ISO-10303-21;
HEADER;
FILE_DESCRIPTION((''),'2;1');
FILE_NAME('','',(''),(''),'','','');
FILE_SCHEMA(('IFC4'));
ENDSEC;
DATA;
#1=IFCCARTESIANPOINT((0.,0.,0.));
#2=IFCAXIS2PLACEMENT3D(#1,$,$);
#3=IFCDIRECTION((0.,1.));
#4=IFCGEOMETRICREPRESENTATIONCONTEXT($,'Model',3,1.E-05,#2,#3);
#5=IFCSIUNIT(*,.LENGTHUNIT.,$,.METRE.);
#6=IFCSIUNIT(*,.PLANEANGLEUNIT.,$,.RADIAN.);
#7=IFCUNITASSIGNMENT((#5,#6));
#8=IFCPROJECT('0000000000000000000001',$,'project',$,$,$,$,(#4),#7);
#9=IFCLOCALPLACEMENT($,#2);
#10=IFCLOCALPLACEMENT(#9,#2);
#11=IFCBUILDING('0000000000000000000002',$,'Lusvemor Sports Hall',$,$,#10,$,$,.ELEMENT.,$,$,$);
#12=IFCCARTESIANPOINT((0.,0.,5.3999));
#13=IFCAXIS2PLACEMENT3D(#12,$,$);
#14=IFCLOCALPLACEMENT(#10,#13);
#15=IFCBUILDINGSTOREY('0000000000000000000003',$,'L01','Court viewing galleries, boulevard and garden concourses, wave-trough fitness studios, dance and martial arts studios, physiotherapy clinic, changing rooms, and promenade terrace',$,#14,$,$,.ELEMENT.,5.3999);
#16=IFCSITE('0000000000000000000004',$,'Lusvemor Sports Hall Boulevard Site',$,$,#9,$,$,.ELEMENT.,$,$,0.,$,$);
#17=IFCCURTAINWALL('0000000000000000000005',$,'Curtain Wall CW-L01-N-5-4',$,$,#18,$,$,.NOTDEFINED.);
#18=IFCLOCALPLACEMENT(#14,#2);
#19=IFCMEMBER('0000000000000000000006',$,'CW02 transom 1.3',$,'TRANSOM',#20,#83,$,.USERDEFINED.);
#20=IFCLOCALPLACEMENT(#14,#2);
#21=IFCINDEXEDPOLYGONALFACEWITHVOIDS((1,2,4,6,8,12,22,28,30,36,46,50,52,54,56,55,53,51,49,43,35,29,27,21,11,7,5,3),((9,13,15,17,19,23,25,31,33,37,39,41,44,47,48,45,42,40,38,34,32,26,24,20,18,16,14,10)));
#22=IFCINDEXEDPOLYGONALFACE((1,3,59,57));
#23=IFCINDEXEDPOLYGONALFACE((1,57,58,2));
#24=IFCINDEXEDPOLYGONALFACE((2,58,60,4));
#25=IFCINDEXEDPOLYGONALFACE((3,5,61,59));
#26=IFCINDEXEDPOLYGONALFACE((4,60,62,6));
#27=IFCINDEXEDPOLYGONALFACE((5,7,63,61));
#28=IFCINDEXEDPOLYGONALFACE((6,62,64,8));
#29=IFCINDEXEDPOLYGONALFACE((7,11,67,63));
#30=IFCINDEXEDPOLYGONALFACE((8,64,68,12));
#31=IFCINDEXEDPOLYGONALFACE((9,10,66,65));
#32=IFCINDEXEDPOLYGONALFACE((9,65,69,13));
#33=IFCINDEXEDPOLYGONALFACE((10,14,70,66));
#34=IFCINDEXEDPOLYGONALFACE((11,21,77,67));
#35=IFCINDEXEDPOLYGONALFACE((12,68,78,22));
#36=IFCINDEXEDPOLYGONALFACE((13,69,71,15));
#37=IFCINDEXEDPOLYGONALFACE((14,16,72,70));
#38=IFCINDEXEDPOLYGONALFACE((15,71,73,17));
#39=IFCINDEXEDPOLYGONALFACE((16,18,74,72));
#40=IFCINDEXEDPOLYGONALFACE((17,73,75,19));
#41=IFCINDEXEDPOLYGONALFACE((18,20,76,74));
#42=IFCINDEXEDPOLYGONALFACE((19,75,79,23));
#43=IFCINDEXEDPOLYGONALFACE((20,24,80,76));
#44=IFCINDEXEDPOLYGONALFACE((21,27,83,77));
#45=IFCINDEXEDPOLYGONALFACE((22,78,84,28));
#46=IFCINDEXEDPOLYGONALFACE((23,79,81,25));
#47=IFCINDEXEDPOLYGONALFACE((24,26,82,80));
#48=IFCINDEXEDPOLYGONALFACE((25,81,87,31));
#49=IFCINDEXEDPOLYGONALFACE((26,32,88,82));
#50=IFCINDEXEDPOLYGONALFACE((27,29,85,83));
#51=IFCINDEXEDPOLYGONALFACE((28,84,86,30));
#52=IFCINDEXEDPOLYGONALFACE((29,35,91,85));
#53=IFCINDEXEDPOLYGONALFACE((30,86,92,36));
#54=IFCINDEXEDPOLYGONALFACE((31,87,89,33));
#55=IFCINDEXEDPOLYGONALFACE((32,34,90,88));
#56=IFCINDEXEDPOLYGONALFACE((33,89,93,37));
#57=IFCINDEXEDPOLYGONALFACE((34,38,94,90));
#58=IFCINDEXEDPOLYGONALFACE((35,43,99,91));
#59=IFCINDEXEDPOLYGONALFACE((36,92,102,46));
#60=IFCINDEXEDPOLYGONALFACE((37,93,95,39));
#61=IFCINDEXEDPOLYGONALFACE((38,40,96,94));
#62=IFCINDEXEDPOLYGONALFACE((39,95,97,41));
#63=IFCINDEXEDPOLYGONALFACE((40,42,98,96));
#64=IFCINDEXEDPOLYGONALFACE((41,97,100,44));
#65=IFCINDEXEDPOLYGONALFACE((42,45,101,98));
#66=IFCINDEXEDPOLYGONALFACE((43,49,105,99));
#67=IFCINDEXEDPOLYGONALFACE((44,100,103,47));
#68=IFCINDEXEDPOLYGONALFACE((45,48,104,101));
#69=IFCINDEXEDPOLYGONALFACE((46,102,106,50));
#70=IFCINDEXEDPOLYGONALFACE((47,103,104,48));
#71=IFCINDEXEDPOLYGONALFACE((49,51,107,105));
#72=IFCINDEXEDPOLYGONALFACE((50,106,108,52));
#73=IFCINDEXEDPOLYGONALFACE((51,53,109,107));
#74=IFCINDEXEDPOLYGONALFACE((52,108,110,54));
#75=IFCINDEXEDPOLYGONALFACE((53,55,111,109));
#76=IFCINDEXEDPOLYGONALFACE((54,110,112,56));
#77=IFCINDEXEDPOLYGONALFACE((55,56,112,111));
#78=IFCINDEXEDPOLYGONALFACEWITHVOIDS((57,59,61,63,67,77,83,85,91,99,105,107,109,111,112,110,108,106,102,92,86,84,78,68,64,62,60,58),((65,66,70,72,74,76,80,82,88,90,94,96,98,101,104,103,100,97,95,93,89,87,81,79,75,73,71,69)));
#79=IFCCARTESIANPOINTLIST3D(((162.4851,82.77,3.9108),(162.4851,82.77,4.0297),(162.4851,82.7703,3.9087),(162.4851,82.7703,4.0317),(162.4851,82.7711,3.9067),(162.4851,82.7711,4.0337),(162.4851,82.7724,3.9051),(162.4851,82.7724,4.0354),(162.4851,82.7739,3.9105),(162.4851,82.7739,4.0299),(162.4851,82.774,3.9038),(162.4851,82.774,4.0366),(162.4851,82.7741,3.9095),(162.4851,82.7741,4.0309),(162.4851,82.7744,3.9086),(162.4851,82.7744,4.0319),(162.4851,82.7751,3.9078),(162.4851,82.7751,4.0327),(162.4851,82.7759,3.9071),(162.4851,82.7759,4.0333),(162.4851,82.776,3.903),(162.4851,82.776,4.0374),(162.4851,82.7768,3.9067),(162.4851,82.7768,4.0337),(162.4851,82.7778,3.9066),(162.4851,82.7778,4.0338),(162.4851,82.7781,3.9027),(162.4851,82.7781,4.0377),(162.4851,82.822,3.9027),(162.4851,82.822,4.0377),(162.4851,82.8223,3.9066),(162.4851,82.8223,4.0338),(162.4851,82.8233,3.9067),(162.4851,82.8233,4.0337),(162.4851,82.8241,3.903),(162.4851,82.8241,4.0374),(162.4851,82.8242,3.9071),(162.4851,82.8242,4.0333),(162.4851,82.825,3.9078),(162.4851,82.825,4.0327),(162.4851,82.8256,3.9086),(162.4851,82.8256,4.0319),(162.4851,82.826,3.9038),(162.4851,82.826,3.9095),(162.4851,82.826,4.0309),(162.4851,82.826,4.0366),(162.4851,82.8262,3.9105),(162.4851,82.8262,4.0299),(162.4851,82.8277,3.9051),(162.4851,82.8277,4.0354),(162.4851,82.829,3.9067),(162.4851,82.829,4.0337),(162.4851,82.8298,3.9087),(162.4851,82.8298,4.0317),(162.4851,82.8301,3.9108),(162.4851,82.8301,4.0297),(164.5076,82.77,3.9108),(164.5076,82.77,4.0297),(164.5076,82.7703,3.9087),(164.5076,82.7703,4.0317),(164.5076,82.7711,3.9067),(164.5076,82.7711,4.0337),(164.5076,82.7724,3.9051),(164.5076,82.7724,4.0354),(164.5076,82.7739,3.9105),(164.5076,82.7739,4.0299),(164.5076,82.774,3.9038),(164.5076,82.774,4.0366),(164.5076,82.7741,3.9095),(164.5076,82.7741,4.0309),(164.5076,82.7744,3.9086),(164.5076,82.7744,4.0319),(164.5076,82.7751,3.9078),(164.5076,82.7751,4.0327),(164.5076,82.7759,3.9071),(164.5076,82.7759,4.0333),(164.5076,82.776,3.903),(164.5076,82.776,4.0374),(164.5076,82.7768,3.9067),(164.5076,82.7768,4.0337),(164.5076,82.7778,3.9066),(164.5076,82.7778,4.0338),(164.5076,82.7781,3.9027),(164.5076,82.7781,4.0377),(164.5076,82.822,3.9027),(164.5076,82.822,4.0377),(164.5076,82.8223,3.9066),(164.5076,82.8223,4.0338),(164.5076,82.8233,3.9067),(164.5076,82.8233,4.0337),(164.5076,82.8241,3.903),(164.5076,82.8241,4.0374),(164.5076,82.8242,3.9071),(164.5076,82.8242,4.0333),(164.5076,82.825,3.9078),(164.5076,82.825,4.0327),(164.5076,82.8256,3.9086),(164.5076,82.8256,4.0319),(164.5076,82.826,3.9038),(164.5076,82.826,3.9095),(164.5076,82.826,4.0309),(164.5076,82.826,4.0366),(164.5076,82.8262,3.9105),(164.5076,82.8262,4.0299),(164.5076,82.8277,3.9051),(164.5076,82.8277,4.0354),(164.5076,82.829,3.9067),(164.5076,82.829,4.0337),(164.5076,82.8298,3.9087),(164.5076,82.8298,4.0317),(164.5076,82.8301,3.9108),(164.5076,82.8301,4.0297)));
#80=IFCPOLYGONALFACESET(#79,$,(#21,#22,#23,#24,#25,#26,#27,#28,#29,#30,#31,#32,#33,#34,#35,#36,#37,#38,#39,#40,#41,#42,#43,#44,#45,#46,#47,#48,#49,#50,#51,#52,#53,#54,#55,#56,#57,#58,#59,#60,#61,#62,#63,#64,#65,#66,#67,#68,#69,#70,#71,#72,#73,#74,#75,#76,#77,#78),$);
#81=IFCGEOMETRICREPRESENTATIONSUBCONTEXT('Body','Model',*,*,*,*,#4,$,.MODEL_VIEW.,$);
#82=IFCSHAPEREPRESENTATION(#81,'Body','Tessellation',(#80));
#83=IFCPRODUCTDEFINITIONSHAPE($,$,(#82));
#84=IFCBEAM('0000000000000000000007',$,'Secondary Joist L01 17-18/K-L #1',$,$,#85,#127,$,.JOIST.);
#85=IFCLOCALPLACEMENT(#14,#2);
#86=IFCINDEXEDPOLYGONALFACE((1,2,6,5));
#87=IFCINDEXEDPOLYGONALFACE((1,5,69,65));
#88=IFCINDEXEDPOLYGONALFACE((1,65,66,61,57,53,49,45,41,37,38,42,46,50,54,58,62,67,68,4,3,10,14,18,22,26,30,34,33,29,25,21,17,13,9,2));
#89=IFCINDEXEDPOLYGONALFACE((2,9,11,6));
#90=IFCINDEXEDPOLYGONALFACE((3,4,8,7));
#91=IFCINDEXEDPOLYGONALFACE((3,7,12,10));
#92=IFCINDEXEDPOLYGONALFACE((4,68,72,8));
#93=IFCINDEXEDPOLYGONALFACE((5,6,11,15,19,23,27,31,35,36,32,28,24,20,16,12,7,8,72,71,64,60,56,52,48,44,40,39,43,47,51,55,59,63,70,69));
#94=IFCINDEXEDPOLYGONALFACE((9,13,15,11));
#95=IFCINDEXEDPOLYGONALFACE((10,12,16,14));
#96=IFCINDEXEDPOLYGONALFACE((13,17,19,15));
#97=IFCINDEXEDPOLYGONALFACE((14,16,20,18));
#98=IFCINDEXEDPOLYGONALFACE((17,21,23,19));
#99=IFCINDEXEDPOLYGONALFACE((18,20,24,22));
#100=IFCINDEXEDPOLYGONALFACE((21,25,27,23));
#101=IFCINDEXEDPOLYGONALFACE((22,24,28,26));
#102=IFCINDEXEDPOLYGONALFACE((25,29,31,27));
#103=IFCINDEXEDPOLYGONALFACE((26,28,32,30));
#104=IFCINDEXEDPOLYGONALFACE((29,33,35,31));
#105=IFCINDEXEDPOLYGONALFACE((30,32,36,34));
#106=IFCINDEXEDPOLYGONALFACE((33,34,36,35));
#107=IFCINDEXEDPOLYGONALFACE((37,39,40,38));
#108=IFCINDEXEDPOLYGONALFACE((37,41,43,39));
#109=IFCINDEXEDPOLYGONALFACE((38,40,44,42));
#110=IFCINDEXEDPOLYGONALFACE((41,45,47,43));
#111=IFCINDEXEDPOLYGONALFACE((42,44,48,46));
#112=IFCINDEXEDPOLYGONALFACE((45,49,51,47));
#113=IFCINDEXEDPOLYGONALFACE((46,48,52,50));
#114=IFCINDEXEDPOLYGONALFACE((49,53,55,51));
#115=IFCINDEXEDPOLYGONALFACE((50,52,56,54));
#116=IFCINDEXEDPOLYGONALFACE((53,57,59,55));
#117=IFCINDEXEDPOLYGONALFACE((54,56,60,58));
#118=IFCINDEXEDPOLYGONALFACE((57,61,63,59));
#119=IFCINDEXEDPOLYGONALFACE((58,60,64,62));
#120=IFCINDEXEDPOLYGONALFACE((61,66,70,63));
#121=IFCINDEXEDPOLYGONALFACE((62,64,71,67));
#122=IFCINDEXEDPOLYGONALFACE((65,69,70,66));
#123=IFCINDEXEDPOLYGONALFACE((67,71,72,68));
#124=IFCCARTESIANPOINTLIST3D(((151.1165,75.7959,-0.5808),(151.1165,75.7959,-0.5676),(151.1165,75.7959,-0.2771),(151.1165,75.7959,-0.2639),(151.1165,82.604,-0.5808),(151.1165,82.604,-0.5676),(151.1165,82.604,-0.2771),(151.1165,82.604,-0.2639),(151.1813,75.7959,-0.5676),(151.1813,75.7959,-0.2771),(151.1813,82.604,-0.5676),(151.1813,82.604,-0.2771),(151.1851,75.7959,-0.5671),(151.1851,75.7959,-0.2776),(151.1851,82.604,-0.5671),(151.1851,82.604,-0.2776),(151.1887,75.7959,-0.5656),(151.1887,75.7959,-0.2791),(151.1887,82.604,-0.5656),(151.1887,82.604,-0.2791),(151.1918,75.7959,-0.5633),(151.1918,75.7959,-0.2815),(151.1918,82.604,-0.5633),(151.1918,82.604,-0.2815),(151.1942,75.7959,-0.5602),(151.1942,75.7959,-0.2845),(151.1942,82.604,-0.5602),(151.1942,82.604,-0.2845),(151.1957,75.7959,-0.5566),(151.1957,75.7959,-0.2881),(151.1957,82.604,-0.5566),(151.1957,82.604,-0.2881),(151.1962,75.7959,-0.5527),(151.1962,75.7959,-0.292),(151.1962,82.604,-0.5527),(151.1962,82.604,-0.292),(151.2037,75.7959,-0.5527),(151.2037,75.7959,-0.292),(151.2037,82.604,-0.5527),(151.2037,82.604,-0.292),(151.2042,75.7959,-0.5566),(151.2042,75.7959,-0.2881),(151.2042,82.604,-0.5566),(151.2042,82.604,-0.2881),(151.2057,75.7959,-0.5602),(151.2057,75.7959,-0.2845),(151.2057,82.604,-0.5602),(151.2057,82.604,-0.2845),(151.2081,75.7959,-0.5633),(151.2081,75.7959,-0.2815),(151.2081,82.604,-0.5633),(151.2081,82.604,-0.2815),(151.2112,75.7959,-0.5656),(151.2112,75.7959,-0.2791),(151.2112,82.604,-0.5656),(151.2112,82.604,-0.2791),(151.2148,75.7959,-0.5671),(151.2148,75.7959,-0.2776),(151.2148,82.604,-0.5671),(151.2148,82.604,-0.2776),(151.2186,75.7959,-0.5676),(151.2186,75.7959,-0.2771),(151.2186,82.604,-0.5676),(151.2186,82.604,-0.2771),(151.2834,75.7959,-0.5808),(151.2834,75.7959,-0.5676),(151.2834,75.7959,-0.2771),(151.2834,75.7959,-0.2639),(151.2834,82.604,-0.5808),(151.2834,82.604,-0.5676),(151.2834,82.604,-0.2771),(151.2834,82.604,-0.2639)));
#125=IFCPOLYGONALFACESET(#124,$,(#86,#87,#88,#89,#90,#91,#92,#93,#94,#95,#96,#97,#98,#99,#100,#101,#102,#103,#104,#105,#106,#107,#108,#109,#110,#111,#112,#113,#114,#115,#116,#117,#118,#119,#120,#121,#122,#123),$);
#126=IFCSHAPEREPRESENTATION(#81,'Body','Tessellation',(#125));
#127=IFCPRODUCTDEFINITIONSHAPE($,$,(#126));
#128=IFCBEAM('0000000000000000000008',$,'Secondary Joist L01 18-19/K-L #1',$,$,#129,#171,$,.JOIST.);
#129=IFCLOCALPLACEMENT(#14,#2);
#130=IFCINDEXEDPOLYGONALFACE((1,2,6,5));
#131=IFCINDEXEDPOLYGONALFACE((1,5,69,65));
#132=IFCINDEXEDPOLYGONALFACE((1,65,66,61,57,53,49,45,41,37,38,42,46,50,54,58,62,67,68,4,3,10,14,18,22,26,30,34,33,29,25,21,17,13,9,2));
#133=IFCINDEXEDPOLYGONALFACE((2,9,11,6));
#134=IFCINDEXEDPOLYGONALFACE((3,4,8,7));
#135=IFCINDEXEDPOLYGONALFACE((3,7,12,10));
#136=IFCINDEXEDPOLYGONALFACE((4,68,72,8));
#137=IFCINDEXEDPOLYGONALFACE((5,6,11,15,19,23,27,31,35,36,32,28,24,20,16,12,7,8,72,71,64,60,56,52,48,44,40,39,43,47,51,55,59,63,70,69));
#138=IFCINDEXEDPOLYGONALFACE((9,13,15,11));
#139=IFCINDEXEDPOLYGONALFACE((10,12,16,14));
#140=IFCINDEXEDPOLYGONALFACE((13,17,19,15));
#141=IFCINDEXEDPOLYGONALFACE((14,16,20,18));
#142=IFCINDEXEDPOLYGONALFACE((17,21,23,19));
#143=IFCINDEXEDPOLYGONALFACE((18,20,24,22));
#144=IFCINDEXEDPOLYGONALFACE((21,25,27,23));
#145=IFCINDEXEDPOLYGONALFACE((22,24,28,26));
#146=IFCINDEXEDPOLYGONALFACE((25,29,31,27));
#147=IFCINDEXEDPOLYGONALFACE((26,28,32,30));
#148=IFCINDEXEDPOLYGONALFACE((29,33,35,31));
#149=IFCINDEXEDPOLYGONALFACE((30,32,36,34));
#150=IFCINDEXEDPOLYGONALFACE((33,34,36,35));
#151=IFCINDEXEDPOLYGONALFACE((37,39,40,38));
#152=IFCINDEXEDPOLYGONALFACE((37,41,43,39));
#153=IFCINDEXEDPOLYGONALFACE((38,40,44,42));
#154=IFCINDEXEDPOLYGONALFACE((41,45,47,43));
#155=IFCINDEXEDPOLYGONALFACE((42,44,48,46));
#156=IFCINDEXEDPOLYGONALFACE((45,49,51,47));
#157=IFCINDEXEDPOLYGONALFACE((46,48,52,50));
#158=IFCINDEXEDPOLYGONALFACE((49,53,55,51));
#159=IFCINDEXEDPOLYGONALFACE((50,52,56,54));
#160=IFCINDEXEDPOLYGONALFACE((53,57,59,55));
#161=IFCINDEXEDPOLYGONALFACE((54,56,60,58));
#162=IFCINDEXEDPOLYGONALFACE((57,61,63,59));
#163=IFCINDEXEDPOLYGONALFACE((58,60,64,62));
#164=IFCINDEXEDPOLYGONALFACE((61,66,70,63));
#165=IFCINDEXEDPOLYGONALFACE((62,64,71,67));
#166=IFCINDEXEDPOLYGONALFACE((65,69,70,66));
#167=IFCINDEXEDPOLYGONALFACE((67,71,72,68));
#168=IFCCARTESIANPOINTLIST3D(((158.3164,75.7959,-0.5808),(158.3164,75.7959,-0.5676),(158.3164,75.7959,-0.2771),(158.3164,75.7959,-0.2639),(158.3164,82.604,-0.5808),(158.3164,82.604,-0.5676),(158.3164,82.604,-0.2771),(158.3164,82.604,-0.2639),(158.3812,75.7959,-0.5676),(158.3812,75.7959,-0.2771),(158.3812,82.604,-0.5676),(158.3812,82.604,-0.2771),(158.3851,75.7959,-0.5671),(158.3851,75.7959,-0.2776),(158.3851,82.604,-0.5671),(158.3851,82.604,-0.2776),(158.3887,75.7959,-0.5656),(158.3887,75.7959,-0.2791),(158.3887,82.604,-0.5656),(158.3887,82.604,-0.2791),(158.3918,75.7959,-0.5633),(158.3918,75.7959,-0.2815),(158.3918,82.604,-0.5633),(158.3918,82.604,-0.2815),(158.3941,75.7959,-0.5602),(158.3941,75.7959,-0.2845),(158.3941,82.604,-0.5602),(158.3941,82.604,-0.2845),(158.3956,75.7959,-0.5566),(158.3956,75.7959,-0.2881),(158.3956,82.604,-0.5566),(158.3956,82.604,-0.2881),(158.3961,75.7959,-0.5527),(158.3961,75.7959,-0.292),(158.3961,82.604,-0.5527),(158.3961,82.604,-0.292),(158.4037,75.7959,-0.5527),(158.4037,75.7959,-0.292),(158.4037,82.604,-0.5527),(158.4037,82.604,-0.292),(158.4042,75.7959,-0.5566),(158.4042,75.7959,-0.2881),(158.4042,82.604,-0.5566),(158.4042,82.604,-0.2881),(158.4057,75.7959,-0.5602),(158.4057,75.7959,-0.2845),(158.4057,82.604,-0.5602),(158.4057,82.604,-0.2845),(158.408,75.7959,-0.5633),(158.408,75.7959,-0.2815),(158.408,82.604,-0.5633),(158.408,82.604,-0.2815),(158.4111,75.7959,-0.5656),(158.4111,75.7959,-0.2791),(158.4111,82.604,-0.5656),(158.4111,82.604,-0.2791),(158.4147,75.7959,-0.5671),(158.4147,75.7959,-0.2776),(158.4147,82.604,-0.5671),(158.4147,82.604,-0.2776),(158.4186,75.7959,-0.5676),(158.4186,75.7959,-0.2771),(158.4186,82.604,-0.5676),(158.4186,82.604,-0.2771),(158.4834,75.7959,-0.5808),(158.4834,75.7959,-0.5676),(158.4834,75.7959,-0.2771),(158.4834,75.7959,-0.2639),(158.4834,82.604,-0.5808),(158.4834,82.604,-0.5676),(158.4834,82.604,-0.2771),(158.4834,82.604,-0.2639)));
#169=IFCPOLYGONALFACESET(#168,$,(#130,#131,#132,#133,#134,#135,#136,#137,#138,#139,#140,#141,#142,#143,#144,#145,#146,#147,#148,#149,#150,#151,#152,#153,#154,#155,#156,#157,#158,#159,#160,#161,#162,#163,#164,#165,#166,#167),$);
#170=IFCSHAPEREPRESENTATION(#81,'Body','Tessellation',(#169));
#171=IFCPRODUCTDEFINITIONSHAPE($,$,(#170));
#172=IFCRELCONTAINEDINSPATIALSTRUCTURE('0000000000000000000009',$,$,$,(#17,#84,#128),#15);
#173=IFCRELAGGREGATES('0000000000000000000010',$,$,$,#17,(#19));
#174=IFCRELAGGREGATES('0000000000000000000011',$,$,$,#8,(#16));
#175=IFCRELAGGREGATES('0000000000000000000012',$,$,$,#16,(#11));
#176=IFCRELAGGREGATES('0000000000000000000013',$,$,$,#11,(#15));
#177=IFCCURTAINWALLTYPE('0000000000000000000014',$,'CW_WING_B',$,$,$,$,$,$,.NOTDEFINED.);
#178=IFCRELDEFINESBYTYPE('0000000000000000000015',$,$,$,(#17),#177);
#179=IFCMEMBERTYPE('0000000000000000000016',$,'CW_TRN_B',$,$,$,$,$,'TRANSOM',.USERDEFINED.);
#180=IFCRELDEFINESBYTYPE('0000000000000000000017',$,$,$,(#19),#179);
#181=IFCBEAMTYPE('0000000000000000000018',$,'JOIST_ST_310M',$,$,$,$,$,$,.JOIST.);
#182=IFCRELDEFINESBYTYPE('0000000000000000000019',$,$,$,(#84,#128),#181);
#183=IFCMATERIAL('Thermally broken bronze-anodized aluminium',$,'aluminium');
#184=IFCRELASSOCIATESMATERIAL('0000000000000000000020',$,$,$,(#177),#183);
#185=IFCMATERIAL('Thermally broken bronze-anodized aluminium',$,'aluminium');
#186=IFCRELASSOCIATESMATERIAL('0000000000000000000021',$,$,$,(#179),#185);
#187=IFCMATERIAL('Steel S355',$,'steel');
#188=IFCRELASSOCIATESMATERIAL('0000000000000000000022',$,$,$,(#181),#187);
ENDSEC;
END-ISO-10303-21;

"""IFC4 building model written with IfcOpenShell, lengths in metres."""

from ifc_helpers import new_model, si_unit, direction, frame, origin, origin_2d, place, context, subcontext, project, spatial, hollow_rectangle, i_section, extrude, material, material_profile, profile_set, type_object, element, aggregate, save


model = new_model("IFC4")

# Units and contexts
model_context = context("Model", 3, precision=1e-05, world=origin(), true_north=direction((0.0, 1.0)))
body_context = subcontext(model_context, "Body", "Model", "MODEL_VIEW")
ifc_project = project(units=[si_unit("LENGTHUNIT", "METRE"), si_unit("PLANEANGLEUNIT", "RADIAN")], contexts=[model_context])

# Site, building, storey
site_placement = place(None, origin())
site = spatial("IfcSite", under=ifc_project, at=site_placement, Name="Lusvemor Sports Hall Boulevard Site", CompositionType="ELEMENT", RefElevation=0.0)
building_placement = place(site_placement, origin())
building = spatial("IfcBuilding", under=site, at=building_placement, Name="Lusvemor Sports Hall", CompositionType="ELEMENT")
storey_placement = place(building_placement, frame((0.0, 0.0, 5.3999)))
storey = spatial("IfcBuildingStorey", under=building, at=storey_placement, Name="L01", Description="Court viewing galleries, boulevard and garden concourses, wave-trough fitness studios, dance and martial arts studios, physiotherapy clinic, changing rooms, and promenade terrace", CompositionType="ELEMENT", Elevation=5.3999)

# Shared definitions
ifc_material_1 = material(Name="Thermally broken bronze-anodized aluminium", Category="aluminium")
curtain_wall_type = type_object("IfcCurtainWallType", Name="CW_WING_B", PredefinedType="NOTDEFINED", material=ifc_material_1)

# Curtain wall
curtain_wall_1_placement = place(storey_placement, origin())
curtain_wall_1 = element("IfcCurtainWall", 1, at=curtain_wall_1_placement, inside=storey, type_object=curtain_wall_type, Name="Curtain Wall CW-L01-N-5-4", PredefinedType="NOTDEFINED")

# Member
ifc_material_2 = material(Name="Thermally broken bronze-anodized aluminium", Category="aluminium")
ifc_material_profile_1 = material_profile(ifc_material_2, hollow_rectangle(XDim=0.0601, YDim=0.135, WallThickness=0.0039, InnerFilletRadius=0.0039, OuterFilletRadius=0.0081, at=origin_2d()), Name="CWTRN135x60x4")
ifc_profile_set_1 = profile_set([ifc_material_profile_1], Name="Thermally broken bronze-anodized aluminium")
member_type_1 = type_object("IfcMemberType", Name="CW_TRN_B", ElementType="TRANSOM", PredefinedType="USERDEFINED", material=ifc_profile_set_1)
member_1_placement = place(storey_placement, frame((162.4851, 82.8, 3.9702), z_axis=(1.0, 0.0, 0.0), x_axis=(0.0, 1.0, 0.0)))
member_1 = element("IfcMember", 2, at=member_1_placement, type_object=member_type_1, Name="CW02 transom 1.3", ObjectType="TRANSOM", PredefinedType="USERDEFINED", context=body_context, shape_type="SweptSolid", body=[
    extrude(hollow_rectangle(XDim=0.0601, YDim=0.135, WallThickness=0.0039, InnerFilletRadius=0.0039, OuterFilletRadius=0.0081, at=origin_2d()), origin(), (0.0, 0.0, 1.0), 2.0225),
])
aggregate(curtain_wall_1, [member_1])

# Beams
ifc_material_3 = material(Name="Steel S355", Category="steel")
ifc_material_profile_2 = material_profile(ifc_material_3, i_section(OverallWidth=0.167, OverallDepth=0.3169, WebThickness=0.0076, FlangeThickness=0.0132, FilletRadius=0.0149, at=origin_2d()), Name="W310x52.0")
ifc_profile_set_2 = profile_set([ifc_material_profile_2], Name="Steel S355")
beam_type_1 = type_object("IfcBeamType", Name="JOIST_ST_310M", PredefinedType="JOIST", material=ifc_profile_set_2)
for number, where, z_axis, x_axis, name in (
    (3, (151.2, 75.7959, -0.4224), (0.0, 1.0, 0.0), (-1.0, 0.0, 0.0), "Secondary Joist L01 17-18/K-L #1"),
    (4, (158.3999, 75.7959, -0.4224), (0.0, 1.0, 0.0), (-1.0, 0.0, 0.0), "Secondary Joist L01 18-19/K-L #1"),
):
    element("IfcBeam", number, at=place(storey_placement, frame(where, z_axis=z_axis, x_axis=x_axis)), inside=storey, type_object=beam_type_1, Name=name, PredefinedType="JOIST", context=body_context, shape_type="SweptSolid", body=[
        extrude(i_section(OverallWidth=0.167, OverallDepth=0.3169, WebThickness=0.0076, FlangeThickness=0.0132, FilletRadius=0.0149, at=origin_2d()), origin(), (0.0, 0.0, 1.0), 6.8081),
    ])

save(model, "model.ifc")
